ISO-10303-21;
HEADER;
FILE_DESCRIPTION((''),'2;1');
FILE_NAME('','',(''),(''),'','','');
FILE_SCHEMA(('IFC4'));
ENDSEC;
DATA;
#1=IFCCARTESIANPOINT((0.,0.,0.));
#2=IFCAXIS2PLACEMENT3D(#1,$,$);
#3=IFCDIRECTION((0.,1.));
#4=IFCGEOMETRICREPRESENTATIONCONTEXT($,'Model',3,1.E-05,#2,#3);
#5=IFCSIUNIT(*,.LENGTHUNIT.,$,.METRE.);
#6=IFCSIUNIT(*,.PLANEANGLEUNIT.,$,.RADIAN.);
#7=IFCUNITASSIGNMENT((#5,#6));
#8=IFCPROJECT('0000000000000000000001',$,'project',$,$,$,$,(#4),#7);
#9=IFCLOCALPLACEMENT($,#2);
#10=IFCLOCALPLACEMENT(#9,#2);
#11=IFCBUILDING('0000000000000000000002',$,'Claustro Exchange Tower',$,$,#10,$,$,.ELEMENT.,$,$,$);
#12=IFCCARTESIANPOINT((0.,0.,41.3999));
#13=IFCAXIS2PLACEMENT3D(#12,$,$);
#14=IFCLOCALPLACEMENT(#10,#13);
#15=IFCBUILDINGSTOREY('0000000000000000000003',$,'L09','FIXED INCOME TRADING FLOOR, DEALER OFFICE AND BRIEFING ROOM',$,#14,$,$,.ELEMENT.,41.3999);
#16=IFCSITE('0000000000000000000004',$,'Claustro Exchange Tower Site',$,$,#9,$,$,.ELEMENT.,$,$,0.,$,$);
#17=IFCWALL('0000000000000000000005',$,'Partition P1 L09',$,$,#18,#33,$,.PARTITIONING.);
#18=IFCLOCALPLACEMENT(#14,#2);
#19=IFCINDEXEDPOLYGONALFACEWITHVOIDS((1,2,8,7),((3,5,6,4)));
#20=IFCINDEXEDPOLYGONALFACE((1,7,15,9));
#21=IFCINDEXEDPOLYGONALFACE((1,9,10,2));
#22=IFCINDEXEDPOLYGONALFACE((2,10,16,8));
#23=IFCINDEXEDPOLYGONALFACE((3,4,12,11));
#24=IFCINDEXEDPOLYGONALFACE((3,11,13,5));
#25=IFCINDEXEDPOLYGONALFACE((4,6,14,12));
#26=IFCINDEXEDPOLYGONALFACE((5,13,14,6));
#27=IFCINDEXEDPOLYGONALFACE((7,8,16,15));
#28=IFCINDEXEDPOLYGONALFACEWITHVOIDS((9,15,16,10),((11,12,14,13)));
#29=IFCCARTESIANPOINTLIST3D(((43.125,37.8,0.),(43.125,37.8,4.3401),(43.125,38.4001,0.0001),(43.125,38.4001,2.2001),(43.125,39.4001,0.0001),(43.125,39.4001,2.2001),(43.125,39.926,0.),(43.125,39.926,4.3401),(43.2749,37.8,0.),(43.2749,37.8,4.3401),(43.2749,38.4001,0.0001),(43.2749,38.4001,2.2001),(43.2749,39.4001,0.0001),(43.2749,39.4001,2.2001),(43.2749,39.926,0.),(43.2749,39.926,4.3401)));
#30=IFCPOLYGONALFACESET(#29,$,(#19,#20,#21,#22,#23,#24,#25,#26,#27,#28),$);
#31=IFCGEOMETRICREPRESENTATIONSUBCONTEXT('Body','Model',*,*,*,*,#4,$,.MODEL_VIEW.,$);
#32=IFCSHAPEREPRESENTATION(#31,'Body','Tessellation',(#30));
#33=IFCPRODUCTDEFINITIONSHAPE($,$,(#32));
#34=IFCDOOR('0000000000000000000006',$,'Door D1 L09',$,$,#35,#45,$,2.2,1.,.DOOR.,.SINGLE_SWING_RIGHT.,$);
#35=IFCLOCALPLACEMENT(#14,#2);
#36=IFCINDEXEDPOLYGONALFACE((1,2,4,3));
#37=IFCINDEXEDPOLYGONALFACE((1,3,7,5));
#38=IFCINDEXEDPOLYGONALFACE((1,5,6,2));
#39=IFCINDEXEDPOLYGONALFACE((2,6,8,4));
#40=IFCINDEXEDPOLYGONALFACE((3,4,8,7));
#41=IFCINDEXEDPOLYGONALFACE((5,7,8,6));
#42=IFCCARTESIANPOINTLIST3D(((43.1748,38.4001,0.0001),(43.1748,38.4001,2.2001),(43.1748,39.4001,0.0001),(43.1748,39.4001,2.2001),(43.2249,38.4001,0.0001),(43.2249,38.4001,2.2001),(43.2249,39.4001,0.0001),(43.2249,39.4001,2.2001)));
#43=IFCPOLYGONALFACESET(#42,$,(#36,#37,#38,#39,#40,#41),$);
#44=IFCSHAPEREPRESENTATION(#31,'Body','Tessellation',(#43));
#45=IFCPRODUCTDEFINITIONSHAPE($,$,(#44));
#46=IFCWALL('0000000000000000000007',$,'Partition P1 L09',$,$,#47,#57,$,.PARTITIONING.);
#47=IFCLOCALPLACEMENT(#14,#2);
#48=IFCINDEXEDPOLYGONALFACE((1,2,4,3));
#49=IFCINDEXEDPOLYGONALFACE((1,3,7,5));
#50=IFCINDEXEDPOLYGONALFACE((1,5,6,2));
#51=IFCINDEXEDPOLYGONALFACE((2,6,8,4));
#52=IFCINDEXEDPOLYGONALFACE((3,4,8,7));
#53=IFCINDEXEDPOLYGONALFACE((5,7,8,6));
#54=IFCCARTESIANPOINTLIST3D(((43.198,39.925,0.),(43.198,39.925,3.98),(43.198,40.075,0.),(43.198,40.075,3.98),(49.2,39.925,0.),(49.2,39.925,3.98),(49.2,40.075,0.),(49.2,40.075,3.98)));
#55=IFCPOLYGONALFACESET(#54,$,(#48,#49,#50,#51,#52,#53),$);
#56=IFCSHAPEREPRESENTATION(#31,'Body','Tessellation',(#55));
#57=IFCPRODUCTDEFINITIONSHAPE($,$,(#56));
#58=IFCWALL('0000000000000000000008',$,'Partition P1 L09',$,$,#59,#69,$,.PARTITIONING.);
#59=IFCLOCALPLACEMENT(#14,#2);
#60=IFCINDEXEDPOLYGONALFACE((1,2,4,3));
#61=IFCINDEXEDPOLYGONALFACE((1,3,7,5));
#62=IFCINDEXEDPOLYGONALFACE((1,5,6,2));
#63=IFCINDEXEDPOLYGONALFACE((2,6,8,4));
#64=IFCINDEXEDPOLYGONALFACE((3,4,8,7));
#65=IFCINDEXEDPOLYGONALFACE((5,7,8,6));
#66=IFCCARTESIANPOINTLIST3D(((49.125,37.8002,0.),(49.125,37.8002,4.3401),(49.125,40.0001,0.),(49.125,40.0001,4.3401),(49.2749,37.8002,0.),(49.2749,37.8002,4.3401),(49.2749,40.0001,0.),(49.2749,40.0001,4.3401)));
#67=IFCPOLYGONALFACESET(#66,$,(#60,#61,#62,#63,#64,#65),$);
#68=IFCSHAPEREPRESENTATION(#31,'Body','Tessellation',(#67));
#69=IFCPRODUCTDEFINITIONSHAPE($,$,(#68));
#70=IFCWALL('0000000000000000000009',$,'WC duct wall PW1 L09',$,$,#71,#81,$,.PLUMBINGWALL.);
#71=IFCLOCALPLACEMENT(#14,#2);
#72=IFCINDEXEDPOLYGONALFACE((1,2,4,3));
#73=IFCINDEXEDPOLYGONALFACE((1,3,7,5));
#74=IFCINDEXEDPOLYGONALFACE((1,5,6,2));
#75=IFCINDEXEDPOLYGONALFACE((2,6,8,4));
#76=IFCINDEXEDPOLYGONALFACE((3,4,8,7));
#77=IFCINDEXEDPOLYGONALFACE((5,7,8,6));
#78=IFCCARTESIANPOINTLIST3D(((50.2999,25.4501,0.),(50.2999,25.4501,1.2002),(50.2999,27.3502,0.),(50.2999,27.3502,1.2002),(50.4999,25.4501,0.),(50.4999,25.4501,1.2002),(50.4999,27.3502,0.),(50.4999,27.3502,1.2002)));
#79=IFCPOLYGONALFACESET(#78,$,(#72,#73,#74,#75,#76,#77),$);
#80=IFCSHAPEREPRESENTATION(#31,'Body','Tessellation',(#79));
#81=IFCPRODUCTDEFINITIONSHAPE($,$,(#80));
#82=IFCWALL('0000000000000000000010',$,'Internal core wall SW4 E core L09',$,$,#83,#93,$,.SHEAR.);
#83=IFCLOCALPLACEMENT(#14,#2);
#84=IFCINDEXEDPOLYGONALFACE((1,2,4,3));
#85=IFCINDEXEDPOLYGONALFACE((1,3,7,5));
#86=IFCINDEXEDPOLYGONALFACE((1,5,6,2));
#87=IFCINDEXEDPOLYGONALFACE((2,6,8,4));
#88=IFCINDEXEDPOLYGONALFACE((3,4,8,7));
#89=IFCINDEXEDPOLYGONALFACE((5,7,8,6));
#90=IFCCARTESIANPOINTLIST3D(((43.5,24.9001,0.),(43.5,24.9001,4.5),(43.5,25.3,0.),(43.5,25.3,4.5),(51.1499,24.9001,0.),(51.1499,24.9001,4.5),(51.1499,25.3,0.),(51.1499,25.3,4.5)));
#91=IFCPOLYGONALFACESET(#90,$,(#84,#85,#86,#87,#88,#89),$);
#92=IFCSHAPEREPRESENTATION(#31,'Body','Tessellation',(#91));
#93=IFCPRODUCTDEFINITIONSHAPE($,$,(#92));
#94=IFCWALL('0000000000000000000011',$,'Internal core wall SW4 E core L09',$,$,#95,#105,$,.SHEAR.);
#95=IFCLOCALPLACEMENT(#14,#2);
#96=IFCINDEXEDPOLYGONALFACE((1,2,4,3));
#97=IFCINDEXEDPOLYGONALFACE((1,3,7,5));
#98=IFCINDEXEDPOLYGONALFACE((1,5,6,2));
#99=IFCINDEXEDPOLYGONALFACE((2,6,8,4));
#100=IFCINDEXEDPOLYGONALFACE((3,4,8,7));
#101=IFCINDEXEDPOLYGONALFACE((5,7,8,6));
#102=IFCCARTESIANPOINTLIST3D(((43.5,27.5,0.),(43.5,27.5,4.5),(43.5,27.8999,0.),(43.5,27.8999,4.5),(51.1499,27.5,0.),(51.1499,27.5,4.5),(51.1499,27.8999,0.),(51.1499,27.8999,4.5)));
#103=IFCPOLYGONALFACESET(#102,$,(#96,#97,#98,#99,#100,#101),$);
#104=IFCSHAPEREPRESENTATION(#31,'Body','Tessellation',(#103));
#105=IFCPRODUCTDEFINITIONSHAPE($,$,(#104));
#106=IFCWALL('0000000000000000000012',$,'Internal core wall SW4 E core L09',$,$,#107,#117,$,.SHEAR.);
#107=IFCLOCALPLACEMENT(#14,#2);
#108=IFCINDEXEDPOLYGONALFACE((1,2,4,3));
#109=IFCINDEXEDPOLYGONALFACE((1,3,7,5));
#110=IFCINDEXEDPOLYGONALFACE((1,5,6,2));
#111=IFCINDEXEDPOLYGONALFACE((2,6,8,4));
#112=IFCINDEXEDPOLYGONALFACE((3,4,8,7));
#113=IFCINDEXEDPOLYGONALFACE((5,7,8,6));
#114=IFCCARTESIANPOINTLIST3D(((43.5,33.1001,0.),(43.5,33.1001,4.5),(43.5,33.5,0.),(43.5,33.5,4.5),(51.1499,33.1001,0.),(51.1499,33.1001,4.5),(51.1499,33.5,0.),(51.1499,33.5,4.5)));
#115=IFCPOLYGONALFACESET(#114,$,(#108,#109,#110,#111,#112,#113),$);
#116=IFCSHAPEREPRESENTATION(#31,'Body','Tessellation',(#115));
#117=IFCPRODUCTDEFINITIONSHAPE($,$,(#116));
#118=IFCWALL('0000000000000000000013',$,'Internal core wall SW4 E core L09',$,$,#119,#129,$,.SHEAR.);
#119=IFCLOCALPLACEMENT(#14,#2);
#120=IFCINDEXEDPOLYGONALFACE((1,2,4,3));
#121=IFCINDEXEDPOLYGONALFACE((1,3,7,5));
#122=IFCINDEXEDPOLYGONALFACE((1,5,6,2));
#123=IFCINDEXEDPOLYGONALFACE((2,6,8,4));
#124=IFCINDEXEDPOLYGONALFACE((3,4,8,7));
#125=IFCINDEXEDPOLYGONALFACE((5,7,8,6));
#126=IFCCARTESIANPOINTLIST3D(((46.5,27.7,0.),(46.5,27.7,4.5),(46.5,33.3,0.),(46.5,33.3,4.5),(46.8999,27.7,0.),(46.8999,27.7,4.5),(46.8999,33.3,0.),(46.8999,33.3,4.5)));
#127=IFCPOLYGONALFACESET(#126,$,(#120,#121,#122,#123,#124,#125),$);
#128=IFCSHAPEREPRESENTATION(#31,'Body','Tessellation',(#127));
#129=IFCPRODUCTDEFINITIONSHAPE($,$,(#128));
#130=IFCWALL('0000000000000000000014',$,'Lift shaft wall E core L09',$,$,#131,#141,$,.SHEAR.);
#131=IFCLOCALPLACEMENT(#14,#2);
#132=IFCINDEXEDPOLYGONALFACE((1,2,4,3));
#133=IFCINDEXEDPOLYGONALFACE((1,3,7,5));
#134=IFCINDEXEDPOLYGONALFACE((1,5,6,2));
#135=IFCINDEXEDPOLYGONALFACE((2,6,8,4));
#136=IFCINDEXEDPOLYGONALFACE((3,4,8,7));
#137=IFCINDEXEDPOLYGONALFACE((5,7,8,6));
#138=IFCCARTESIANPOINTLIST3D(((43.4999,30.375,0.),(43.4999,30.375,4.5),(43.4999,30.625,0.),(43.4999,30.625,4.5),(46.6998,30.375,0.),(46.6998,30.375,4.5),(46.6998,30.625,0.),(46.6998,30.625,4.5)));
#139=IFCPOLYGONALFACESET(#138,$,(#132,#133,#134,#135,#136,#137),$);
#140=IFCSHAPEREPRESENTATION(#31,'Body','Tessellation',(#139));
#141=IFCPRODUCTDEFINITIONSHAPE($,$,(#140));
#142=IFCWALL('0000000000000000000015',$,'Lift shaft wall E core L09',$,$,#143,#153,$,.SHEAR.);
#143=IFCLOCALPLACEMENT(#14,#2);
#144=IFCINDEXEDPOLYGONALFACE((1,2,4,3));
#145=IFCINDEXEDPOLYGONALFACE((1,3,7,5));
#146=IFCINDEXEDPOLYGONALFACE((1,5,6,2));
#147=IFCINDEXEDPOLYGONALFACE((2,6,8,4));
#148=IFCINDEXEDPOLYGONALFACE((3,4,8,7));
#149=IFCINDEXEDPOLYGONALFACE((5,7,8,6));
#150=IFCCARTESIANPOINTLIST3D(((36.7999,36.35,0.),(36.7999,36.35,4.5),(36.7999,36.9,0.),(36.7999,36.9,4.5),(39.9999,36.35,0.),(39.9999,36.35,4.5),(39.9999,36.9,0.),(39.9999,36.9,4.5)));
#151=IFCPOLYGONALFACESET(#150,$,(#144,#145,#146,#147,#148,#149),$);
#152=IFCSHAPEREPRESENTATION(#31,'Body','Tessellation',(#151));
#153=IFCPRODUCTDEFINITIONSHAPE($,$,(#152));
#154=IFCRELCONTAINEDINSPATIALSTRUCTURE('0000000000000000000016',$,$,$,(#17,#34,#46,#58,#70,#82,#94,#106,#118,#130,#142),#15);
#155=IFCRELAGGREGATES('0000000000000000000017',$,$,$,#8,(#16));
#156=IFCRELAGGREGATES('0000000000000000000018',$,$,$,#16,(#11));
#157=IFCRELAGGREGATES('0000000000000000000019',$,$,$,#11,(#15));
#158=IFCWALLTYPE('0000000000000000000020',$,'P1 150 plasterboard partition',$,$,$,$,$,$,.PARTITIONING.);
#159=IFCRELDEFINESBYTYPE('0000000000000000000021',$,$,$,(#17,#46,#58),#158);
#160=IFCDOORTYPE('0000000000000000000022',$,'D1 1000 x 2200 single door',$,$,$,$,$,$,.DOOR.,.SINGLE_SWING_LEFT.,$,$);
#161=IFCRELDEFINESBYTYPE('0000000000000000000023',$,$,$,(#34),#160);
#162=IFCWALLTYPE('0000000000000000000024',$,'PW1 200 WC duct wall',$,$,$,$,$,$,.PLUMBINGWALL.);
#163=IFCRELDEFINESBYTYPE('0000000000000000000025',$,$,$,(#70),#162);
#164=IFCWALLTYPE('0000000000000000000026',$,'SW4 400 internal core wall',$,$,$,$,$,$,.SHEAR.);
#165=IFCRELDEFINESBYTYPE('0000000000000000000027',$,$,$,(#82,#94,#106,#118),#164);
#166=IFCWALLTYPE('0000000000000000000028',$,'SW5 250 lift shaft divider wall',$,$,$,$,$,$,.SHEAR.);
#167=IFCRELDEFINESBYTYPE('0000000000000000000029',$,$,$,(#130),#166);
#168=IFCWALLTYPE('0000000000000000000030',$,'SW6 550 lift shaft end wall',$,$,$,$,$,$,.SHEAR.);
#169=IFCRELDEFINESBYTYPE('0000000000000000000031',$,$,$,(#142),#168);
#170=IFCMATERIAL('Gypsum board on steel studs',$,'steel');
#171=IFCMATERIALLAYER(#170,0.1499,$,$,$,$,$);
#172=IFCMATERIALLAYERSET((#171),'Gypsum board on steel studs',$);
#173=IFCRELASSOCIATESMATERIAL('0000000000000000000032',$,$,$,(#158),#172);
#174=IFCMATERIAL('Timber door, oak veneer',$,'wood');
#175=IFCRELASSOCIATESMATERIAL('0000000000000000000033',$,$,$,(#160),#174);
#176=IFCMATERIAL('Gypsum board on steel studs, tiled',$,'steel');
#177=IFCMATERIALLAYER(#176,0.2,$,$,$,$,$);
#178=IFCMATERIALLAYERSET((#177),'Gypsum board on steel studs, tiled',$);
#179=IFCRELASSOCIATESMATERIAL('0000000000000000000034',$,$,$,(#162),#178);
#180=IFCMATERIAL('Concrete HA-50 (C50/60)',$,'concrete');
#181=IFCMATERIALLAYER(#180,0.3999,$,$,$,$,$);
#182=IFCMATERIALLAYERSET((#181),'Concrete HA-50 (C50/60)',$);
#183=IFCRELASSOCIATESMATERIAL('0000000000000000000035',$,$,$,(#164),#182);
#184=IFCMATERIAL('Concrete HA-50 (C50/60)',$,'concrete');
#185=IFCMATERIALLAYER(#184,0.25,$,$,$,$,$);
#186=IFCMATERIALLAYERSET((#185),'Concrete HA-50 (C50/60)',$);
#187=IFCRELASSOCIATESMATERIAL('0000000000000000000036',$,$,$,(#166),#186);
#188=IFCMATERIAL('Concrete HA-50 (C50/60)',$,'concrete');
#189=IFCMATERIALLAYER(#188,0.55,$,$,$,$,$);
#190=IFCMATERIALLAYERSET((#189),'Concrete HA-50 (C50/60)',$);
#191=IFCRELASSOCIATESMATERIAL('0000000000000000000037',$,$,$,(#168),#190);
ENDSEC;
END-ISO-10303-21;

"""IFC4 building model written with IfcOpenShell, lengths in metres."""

from ifc_helpers import new_model, si_unit, direction, frame, frame_2d, origin, place, context, subcontext, project, spatial, rectangle, extrude, material, layer, layer_set, type_object, element, fill, save


model = new_model("IFC4")

# Units and contexts
model_context = context("Model", 3, precision=1e-05, world=origin(), true_north=direction((0.0, 1.0)))
body_context = subcontext(model_context, "Body", "Model", "MODEL_VIEW")
ifc_project = project(units=[si_unit("LENGTHUNIT", "METRE"), si_unit("PLANEANGLEUNIT", "RADIAN")], contexts=[model_context])

# Site, building, storey
site_placement = place(None, origin())
site = spatial("IfcSite", under=ifc_project, at=site_placement, Name="Claustro Exchange Tower Site", CompositionType="ELEMENT", RefElevation=0.0)
building_placement = place(site_placement, origin())
building = spatial("IfcBuilding", under=site, at=building_placement, Name="Claustro Exchange Tower", CompositionType="ELEMENT")
storey_placement = place(building_placement, frame((0.0, 0.0, 41.3999)))
storey = spatial("IfcBuildingStorey", under=building, at=storey_placement, Name="L09", Description="FIXED INCOME TRADING FLOOR, DEALER OFFICE AND BRIEFING ROOM", CompositionType="ELEMENT", Elevation=41.3999)

# Wall, opening, door
ifc_material_1 = material(Name="Gypsum board on steel studs", Category="steel")
ifc_layer_1 = layer(ifc_material_1, 0.1499)
ifc_layer_set_1 = layer_set([ifc_layer_1], Name="Gypsum board on steel studs")
wall_type_1 = type_object("IfcWallType", Name="P1 150 plasterboard partition", PredefinedType="PARTITIONING", material=ifc_layer_set_1)
wall_1_placement = place(storey_placement, frame((43.2, 37.8, 0.0), z_axis=(0.0, 0.0, 1.0), x_axis=(0.0, 1.0, 0.0)))
wall_1 = element("IfcWall", 1, at=wall_1_placement, inside=storey, type_object=wall_type_1, Name="Partition P1 L09", PredefinedType="PARTITIONING", context=body_context, shape_type="SweptSolid", body=[
    extrude(rectangle(XDim=2.126, YDim=0.1499, at=frame_2d((1.063, 0.0))), origin(), (0.0, 0.0, 1.0), 4.3401),
])
opening_placement = place(wall_1_placement, frame((0.6001, 0.0, 0.0)))
opening = element("IfcOpeningElement", 2, at=opening_placement, cuts=wall_1, PredefinedType="OPENING", context=body_context, shape_type="SweptSolid", body=[
    extrude(rectangle(XDim=1.0, YDim=2.2, at=frame_2d((0.5, 1.1001))), frame((0.0, 0.085, 0.0), z_axis=(0.0, -1.0, 0.0), x_axis=(1.0, 0.0, 0.0)), (0.0, 0.0, 1.0), 0.1699),
])
ifc_material_2 = material(Name="Timber door, oak veneer", Category="wood")
door_type = type_object("IfcDoorType", Name="D1 1000 x 2200 single door", OperationType="SINGLE_SWING_LEFT", PredefinedType="DOOR", material=ifc_material_2)
door_placement = place(opening_placement, frame((1.0, 0.0, 0.0), z_axis=(0.0, 0.0, 1.0), x_axis=(-1.0, 0.0, 0.0)))
door = element("IfcDoor", 3, at=door_placement, inside=storey, type_object=door_type, Name="Door D1 L09", OperationType="SINGLE_SWING_RIGHT", OverallHeight=2.2, OverallWidth=1.0, PredefinedType="DOOR", context=body_context, shape_type="SweptSolid", body=[
    extrude(rectangle(XDim=1.0, YDim=2.2, at=frame_2d((0.5, 1.1001))), frame((0.0, 0.0249, 0.0), z_axis=(0.0, -1.0, 0.0), x_axis=(1.0, 0.0, 0.0)), (0.0, 0.0, 1.0), 0.05),
])
fill(opening, door)

# Walls
wall_2_placement = place(storey_placement, frame((43.198, 40.0, 0.0), z_axis=(0.0, 0.0, 1.0), x_axis=(1.0, 0.0, 0.0)))
element("IfcWall", 4, at=wall_2_placement, inside=storey, type_object=wall_type_1, Name="Partition P1 L09", PredefinedType="PARTITIONING", context=body_context, shape_type="SweptSolid", body=[
    extrude(rectangle(XDim=6.002, YDim=0.1499, at=frame_2d((3.001, 0.0))), origin(), (0.0, 0.0, 1.0), 3.98),
])
wall_3_placement = place(storey_placement, frame((49.2, 37.8, 0.0), z_axis=(0.0, 0.0, 1.0), x_axis=(0.0, 1.0, 0.0)))
element("IfcWall", 5, at=wall_3_placement, inside=storey, type_object=wall_type_1, Name="Partition P1 L09", PredefinedType="PARTITIONING", context=body_context, shape_type="SweptSolid", body=[
    extrude(rectangle(XDim=2.2, YDim=0.1499, at=frame_2d((1.1001, 0.0))), origin(), (0.0, 0.0, 1.0), 4.3401),
])
ifc_material_3 = material(Name="Gypsum board on steel studs, tiled", Category="steel")
ifc_layer_2 = layer(ifc_material_3, 0.2)
ifc_layer_set_2 = layer_set([ifc_layer_2], Name="Gypsum board on steel studs, tiled")
wall_type_2 = type_object("IfcWallType", Name="PW1 200 WC duct wall", PredefinedType="PLUMBINGWALL", material=ifc_layer_set_2)
wall_4_placement = place(storey_placement, frame((50.3999, 25.45, 0.0), z_axis=(0.0, 0.0, 1.0), x_axis=(0.0, 1.0, 0.0)))
element("IfcWall", 6, at=wall_4_placement, inside=storey, type_object=wall_type_2, Name="WC duct wall PW1 L09", PredefinedType="PLUMBINGWALL", context=body_context, shape_type="SweptSolid", body=[
    extrude(rectangle(XDim=1.9001, YDim=0.2, at=frame_2d((0.9502, 0.0))), origin(), (0.0, 0.0, 1.0), 1.2002),
])
ifc_material_4 = material(Name="Concrete HA-50 (C50/60)", Category="concrete")
ifc_layer_3 = layer(ifc_material_4, 0.3999)
ifc_layer_set_3 = layer_set([ifc_layer_3], Name="Concrete HA-50 (C50/60)")
wall_type_3 = type_object("IfcWallType", Name="SW4 400 internal core wall", PredefinedType="SHEAR", material=ifc_layer_set_3)
for number, where, z_axis, x_axis, name in (
    (7, (51.1499, 25.1001, 0.0), (0.0, 0.0, 1.0), (-1.0, 0.0, 0.0), "Internal core wall SW4 E core L09"),
    (8, (51.1499, 27.7, 0.0), (0.0, 0.0, 1.0), (-1.0, 0.0, 0.0), "Internal core wall SW4 E core L09"),
    (9, (51.1499, 33.3, 0.0), (0.0, 0.0, 1.0), (-1.0, 0.0, 0.0), "Internal core wall SW4 E core L09"),
):
    element("IfcWall", number, at=place(storey_placement, frame(where, z_axis=z_axis, x_axis=x_axis)), inside=storey, type_object=wall_type_3, Name=name, PredefinedType="SHEAR", context=body_context, shape_type="SweptSolid", body=[
        extrude(rectangle(XDim=7.6499, YDim=0.3999, at=frame_2d((3.825, 0.0))), origin(), (0.0, 0.0, 1.0), 4.5),
    ])
wall_5_placement = place(storey_placement, frame((46.7, 27.7, 0.0), z_axis=(0.0, 0.0, 1.0), x_axis=(0.0, 1.0, 0.0)))
element("IfcWall", 10, at=wall_5_placement, inside=storey, type_object=wall_type_3, Name="Internal core wall SW4 E core L09", PredefinedType="SHEAR", context=body_context, shape_type="SweptSolid", body=[
    extrude(rectangle(XDim=5.6001, YDim=0.3999, at=frame_2d((2.8, 0.0))), origin(), (0.0, 0.0, 1.0), 4.5),
])
ifc_material_5 = material(Name="Concrete HA-50 (C50/60)", Category="concrete")
ifc_layer_4 = layer(ifc_material_5, 0.25)
ifc_layer_set_4 = layer_set([ifc_layer_4], Name="Concrete HA-50 (C50/60)")
wall_type_4 = type_object("IfcWallType", Name="SW5 250 lift shaft divider wall", PredefinedType="SHEAR", material=ifc_layer_set_4)
wall_6_placement = place(storey_placement, frame((46.7, 30.5, 0.0), z_axis=(0.0, 0.0, 1.0), x_axis=(-1.0, 0.0, 0.0)))
element("IfcWall", 11, at=wall_6_placement, inside=storey, type_object=wall_type_4, Name="Lift shaft wall E core L09", PredefinedType="SHEAR", context=body_context, shape_type="SweptSolid", body=[
    extrude(rectangle(XDim=3.2, YDim=0.25, at=frame_2d((1.6001, 0.0))), origin(), (0.0, 0.0, 1.0), 4.5),
])
ifc_material_6 = material(Name="Concrete HA-50 (C50/60)", Category="concrete")
ifc_layer_5 = layer(ifc_material_6, 0.55)
ifc_layer_set_5 = layer_set([ifc_layer_5], Name="Concrete HA-50 (C50/60)")
wall_type_5 = type_object("IfcWallType", Name="SW6 550 lift shaft end wall", PredefinedType="SHEAR", material=ifc_layer_set_5)
wall_7_placement = place(storey_placement, frame((40.0, 36.625, 0.0), z_axis=(0.0, 0.0, 1.0), x_axis=(-1.0, 0.0, 0.0)))
element("IfcWall", 12, at=wall_7_placement, inside=storey, type_object=wall_type_5, Name="Lift shaft wall E core L09", PredefinedType="SHEAR", context=body_context, shape_type="SweptSolid", body=[
    extrude(rectangle(XDim=3.2, YDim=0.55, at=frame_2d((1.6001, 0.0))), origin(), (0.0, 0.0, 1.0), 4.5),
])

save(model, "model.ifc")
